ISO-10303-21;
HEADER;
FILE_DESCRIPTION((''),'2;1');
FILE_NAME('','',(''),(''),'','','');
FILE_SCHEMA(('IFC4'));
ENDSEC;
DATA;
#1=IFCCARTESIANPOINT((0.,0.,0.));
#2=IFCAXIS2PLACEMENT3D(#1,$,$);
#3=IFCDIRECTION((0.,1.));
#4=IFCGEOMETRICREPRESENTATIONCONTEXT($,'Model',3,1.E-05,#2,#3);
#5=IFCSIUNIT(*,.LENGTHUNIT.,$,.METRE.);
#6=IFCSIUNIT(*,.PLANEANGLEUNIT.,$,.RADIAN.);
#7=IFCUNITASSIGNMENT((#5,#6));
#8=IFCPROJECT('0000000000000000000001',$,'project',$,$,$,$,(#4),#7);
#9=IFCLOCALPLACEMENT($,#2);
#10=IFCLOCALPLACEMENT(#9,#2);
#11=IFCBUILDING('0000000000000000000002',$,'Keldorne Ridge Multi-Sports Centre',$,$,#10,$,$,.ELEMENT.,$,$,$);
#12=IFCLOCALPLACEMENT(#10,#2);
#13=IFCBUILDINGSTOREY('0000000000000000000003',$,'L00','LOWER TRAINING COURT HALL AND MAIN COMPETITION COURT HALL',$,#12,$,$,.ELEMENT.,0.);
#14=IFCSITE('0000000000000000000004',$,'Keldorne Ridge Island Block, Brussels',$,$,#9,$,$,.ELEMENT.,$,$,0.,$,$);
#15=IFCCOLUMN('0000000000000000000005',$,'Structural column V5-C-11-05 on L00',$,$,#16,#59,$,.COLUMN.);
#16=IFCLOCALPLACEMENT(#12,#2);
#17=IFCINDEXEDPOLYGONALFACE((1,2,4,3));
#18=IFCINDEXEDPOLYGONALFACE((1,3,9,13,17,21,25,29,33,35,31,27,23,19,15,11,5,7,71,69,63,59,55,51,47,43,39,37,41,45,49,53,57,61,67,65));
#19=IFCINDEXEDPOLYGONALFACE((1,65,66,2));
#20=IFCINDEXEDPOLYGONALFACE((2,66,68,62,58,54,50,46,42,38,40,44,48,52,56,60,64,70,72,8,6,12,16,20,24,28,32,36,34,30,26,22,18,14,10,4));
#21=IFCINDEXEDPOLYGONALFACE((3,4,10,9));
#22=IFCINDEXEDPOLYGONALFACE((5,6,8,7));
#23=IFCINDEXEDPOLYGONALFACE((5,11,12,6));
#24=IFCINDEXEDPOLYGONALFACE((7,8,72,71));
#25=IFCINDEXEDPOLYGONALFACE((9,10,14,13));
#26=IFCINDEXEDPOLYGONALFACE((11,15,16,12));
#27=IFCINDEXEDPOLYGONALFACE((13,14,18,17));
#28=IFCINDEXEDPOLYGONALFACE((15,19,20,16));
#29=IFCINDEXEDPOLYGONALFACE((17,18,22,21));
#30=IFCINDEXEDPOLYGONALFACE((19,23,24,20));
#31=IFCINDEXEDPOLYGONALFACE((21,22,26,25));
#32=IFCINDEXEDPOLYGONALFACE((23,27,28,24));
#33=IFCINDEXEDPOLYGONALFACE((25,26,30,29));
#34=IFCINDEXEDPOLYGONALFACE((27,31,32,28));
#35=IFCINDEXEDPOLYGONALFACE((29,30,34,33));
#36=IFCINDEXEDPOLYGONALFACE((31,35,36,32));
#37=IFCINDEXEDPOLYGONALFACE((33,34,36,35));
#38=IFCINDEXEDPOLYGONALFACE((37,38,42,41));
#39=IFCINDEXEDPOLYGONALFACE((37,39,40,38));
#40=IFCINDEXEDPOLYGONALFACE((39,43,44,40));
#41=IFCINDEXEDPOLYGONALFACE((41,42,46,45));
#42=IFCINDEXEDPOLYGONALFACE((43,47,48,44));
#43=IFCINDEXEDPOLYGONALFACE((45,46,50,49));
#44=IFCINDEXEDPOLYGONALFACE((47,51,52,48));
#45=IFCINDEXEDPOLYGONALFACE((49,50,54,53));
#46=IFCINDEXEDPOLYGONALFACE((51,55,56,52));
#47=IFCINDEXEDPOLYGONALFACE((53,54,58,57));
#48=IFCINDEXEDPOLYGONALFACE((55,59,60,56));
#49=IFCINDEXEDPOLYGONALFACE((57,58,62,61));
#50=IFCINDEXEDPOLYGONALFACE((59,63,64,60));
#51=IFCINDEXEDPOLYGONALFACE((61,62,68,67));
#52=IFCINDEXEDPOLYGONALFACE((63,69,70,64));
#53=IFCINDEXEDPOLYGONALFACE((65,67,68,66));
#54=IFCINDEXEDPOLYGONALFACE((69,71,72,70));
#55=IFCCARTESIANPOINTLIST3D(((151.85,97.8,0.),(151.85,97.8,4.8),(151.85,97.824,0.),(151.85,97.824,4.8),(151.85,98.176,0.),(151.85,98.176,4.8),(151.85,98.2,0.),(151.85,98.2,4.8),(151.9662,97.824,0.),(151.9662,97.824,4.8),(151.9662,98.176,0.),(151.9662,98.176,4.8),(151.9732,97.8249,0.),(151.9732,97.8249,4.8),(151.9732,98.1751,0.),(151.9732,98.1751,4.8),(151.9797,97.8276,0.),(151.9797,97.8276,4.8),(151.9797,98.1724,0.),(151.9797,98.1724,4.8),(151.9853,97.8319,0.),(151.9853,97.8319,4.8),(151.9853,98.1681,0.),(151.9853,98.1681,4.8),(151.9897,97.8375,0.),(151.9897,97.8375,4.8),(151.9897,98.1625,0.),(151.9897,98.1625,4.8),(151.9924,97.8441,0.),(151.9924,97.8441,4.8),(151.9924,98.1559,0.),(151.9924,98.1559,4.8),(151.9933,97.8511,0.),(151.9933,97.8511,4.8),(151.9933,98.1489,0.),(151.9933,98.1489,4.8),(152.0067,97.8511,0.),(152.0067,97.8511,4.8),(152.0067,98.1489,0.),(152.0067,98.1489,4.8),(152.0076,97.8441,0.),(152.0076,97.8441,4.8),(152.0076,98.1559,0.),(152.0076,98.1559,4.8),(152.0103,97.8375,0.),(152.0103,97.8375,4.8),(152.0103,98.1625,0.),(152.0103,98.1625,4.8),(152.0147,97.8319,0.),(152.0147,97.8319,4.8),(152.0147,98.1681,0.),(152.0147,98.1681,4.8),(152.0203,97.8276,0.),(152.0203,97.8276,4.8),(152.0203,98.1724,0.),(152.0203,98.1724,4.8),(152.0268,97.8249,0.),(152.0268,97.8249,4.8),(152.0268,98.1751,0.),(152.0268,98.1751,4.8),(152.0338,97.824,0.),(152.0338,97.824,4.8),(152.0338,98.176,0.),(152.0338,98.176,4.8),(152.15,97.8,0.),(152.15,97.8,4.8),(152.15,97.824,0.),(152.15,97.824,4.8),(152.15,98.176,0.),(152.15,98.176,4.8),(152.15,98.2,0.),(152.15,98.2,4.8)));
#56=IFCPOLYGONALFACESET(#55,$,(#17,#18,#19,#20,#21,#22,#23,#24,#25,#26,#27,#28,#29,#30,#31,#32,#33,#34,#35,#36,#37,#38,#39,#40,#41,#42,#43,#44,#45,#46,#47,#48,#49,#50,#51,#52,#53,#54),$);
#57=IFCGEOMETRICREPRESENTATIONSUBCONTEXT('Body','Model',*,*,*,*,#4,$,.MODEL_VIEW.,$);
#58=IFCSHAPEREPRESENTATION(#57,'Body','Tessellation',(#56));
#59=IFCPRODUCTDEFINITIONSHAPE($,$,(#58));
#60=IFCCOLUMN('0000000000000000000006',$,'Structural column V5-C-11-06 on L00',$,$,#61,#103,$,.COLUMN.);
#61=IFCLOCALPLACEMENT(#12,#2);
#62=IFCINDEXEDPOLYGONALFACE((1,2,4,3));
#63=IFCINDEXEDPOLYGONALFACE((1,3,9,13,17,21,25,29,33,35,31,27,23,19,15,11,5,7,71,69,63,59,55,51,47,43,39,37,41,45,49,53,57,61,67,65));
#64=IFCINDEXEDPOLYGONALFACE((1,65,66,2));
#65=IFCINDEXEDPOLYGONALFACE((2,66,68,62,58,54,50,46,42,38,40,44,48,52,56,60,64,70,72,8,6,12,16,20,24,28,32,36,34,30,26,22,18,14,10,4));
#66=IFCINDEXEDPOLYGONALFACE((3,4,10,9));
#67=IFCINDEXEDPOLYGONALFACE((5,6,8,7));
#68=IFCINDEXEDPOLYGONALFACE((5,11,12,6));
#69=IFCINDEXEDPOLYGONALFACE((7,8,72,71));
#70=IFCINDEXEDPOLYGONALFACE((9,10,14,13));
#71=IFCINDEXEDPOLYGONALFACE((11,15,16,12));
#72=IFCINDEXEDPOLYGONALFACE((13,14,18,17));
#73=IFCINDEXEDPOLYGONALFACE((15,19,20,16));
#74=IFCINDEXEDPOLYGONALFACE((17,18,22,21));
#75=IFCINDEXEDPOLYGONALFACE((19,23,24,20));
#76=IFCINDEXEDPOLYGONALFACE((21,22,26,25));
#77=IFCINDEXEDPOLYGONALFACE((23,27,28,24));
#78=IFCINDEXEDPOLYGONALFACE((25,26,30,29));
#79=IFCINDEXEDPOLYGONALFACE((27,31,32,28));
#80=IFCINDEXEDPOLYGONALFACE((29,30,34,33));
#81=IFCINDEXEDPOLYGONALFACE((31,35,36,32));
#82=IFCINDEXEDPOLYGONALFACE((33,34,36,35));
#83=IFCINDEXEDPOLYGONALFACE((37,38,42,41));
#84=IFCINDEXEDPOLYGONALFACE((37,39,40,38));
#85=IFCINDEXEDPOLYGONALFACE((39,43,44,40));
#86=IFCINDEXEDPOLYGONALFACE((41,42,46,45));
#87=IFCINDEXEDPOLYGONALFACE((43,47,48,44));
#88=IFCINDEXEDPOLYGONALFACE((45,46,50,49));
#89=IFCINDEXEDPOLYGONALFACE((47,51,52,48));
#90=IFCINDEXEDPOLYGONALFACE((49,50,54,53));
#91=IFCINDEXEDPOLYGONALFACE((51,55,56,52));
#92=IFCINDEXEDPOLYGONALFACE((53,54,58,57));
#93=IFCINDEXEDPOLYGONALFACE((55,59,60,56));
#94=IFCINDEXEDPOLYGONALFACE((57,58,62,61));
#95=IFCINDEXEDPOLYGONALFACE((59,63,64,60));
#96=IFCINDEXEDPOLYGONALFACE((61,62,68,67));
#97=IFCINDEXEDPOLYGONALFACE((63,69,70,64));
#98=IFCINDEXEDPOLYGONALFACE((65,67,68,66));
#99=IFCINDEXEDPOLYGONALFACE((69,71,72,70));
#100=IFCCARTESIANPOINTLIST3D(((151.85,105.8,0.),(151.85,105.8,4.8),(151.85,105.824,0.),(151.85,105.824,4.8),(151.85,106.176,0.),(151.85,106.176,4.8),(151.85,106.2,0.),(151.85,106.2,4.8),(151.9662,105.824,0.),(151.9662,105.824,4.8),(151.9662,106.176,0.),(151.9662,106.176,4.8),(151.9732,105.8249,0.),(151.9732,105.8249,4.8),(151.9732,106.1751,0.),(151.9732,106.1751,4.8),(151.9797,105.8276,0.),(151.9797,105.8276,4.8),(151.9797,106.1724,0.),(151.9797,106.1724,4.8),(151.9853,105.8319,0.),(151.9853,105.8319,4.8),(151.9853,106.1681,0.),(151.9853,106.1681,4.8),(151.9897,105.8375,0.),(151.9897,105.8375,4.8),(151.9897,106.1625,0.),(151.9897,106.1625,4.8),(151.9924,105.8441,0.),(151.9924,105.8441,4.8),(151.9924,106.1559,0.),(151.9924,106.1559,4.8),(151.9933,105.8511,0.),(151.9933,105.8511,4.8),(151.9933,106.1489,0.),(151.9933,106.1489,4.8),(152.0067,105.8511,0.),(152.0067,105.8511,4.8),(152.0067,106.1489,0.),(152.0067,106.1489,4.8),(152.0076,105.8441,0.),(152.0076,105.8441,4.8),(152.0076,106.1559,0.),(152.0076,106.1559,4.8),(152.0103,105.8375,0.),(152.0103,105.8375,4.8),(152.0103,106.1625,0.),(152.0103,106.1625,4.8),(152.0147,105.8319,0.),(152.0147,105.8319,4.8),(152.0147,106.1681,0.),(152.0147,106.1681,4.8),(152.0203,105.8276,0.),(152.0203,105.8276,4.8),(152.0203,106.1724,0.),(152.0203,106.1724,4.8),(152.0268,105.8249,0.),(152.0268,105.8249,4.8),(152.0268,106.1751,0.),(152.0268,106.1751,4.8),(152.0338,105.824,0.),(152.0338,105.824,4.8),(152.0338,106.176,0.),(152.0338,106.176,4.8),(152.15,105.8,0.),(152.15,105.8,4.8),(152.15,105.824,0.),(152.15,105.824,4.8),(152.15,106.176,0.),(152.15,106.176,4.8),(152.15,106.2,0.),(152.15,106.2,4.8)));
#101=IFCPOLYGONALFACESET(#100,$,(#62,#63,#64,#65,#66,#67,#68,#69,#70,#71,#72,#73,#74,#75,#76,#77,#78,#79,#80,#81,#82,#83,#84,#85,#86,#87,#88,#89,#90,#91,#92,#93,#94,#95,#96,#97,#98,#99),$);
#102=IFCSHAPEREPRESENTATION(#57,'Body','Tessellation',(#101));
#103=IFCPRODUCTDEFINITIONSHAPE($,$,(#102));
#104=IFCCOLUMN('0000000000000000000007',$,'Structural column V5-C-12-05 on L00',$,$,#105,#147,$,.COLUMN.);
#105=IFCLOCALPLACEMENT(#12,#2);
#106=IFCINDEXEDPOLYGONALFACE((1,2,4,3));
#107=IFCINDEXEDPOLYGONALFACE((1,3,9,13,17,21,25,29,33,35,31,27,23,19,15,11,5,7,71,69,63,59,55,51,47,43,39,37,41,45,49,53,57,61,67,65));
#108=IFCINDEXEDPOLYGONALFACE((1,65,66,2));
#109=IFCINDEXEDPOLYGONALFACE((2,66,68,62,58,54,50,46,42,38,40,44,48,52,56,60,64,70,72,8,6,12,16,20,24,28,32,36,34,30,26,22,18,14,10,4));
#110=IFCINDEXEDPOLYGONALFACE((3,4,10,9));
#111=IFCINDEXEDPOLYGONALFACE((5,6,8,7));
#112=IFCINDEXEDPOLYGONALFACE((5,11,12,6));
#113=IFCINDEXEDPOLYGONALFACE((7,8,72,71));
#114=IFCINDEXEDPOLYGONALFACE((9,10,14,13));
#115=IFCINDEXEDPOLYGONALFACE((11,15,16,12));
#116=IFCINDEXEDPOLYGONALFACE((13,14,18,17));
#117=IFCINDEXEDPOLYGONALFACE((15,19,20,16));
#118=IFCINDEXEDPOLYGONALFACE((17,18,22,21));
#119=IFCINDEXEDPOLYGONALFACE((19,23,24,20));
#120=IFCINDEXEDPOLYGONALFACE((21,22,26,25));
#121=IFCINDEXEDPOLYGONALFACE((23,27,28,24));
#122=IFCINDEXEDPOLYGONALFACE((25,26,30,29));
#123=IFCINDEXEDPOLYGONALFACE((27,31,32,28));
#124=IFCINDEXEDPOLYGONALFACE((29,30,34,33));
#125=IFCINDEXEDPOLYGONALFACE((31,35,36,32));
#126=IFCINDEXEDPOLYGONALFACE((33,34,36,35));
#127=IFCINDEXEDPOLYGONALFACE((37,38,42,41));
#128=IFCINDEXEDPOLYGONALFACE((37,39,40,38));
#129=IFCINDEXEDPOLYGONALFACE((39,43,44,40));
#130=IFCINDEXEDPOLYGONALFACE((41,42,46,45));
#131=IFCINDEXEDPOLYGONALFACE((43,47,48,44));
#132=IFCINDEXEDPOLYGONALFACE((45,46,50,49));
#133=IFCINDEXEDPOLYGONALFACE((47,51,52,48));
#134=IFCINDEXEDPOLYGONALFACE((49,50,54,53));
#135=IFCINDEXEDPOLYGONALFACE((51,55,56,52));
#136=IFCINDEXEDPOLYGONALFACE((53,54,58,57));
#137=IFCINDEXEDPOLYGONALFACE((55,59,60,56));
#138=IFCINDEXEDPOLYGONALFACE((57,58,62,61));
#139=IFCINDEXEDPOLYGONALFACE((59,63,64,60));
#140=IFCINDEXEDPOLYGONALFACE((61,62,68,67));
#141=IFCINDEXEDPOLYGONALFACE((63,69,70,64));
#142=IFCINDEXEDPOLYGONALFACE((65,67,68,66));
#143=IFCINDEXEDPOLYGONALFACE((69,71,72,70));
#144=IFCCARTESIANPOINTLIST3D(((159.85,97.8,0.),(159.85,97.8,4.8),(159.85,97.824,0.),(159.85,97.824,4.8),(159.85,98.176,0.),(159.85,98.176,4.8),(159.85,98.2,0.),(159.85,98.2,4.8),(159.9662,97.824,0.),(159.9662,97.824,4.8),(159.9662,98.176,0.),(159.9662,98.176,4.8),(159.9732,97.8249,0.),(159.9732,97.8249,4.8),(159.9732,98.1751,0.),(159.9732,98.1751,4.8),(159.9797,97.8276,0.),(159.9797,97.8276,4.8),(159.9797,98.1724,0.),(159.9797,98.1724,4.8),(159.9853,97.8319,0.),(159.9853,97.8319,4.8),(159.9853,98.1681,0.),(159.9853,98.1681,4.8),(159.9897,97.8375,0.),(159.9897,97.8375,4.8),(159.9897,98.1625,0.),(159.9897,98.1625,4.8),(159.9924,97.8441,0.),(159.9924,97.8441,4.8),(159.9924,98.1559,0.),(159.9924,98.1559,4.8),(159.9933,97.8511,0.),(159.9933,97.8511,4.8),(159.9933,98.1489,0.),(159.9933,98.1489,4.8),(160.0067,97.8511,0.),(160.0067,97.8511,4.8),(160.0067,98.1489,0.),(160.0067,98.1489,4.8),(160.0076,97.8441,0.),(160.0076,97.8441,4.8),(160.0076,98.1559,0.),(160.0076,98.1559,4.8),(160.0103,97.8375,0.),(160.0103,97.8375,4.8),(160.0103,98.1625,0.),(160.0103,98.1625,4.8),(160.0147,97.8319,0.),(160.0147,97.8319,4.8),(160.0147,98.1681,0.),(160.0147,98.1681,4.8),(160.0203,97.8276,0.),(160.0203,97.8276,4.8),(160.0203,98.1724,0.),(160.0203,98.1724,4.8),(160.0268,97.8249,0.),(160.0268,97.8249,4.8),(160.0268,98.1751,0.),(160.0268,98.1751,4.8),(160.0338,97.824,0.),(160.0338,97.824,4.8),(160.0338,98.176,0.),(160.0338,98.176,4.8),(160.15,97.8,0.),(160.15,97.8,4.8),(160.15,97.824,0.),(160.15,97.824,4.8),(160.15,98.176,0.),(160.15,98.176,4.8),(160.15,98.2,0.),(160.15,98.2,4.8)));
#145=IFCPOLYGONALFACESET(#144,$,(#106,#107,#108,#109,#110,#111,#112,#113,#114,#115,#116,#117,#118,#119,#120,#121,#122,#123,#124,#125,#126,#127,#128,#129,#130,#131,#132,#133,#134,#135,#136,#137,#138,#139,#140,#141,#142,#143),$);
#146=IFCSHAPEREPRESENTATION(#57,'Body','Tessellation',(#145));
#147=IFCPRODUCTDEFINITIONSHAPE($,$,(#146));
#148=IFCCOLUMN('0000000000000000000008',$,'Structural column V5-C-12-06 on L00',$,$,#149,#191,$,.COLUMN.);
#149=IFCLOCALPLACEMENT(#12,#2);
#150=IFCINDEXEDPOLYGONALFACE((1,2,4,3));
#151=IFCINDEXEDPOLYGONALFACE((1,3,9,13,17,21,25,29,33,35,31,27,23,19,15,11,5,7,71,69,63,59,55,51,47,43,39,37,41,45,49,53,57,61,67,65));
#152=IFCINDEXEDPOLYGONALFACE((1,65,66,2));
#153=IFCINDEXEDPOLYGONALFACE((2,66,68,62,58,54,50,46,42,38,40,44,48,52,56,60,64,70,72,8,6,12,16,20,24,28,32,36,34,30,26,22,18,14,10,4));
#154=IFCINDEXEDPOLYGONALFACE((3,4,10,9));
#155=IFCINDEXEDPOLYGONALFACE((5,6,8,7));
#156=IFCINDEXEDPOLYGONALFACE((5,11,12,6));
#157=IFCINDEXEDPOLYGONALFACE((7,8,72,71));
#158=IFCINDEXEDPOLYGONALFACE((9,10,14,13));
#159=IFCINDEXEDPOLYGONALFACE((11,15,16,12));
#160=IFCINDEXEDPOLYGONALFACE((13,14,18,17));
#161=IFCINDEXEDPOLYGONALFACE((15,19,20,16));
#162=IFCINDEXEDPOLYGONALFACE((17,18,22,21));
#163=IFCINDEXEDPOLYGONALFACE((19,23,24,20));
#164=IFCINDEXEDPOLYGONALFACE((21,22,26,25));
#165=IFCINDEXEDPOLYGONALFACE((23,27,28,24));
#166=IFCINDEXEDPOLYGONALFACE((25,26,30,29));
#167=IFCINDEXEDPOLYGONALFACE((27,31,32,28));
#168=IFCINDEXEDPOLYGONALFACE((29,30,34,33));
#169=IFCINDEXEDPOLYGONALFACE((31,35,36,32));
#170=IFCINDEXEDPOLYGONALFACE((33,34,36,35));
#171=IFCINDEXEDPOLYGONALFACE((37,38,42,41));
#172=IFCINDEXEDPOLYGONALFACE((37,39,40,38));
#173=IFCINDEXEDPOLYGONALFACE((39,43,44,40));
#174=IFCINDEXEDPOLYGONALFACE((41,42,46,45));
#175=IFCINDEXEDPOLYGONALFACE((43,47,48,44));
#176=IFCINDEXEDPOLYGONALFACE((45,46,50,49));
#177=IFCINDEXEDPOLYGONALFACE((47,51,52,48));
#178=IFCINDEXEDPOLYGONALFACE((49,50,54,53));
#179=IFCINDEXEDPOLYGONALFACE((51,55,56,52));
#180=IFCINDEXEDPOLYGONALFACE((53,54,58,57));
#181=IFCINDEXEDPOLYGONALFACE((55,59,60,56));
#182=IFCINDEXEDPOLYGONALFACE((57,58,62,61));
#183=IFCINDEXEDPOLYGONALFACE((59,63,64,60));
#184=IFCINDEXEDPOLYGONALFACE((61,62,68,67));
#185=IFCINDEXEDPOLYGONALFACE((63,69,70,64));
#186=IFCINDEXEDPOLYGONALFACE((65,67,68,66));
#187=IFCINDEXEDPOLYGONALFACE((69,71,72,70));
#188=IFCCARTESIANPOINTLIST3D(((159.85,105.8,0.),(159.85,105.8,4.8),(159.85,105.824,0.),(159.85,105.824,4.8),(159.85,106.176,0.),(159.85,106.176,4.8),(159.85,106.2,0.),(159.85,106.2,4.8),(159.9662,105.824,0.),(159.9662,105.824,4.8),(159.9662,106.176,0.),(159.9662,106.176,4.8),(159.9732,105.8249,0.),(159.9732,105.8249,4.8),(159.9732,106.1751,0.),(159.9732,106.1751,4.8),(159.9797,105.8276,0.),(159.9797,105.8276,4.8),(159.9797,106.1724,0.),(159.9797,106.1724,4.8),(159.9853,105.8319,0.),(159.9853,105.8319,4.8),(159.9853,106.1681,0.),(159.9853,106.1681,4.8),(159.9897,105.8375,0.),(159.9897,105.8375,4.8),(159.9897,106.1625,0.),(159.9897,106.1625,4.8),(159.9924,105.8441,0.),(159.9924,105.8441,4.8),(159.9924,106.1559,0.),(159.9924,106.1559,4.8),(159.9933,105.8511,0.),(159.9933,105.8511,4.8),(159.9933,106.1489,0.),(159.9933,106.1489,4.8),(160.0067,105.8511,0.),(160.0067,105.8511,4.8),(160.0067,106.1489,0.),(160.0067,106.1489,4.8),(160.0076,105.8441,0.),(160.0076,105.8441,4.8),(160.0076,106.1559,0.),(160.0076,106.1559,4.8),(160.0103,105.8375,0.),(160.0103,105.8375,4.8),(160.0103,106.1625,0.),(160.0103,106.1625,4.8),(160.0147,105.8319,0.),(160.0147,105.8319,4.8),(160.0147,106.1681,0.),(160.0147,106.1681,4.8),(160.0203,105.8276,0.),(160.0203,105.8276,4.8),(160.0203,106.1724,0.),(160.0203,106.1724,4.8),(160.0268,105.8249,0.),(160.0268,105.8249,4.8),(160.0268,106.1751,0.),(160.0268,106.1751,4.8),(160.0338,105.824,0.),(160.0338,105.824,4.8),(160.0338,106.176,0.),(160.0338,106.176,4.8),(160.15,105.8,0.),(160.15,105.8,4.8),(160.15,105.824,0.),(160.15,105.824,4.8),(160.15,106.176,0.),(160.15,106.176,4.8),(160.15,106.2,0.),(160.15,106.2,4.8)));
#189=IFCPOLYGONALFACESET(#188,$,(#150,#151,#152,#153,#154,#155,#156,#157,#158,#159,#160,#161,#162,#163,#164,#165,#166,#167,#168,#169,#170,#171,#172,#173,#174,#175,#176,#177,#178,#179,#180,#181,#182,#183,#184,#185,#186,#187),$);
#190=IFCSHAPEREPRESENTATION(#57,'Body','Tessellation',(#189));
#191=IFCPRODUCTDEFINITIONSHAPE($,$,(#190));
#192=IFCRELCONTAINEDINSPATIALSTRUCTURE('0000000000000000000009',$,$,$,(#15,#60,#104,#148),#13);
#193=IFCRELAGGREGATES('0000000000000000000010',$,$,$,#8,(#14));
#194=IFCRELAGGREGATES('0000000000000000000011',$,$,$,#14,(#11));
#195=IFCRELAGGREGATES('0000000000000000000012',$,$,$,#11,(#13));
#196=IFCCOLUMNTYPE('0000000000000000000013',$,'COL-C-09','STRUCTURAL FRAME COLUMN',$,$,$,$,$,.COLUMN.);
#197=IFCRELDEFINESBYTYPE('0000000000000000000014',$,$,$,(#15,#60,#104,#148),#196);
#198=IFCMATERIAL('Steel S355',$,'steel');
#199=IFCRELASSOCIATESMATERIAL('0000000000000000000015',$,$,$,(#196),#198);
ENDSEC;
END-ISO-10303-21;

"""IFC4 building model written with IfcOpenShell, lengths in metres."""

from ifc_helpers import new_model, si_unit, direction, frame, origin, origin_2d, place, context, subcontext, project, spatial, i_section, extrude, material, material_profile, profile_set, type_object, element, save


model = new_model("IFC4")

# Units and contexts
model_context = context("Model", 3, precision=1e-05, world=origin(), true_north=direction((0.0, 1.0)))
body_context = subcontext(model_context, "Body", "Model", "MODEL_VIEW")
ifc_project = project(units=[si_unit("LENGTHUNIT", "METRE"), si_unit("PLANEANGLEUNIT", "RADIAN")], contexts=[model_context])

# Site, building, storey
site_placement = place(None, origin())
site = spatial("IfcSite", under=ifc_project, at=site_placement, Name="Keldorne Ridge Island Block, Brussels", CompositionType="ELEMENT", RefElevation=0.0)
building_placement = place(site_placement, origin())
building = spatial("IfcBuilding", under=site, at=building_placement, Name="Keldorne Ridge Multi-Sports Centre", CompositionType="ELEMENT")
storey_placement = place(building_placement, origin())
storey = spatial("IfcBuildingStorey", under=building, at=storey_placement, Name="L00", Description="LOWER TRAINING COURT HALL AND MAIN COMPETITION COURT HALL", CompositionType="ELEMENT", Elevation=0.0)

# Columns
ifc_material_1 = material(Name="Steel S355", Category="steel")
ifc_material_profile_1 = material_profile(ifc_material_1, i_section(OverallWidth=0.3, OverallDepth=0.3999, WebThickness=0.0134, FlangeThickness=0.0239, FilletRadius=0.0271, at=origin_2d()), Name="HEB 400")
ifc_profile_set_1 = profile_set([ifc_material_profile_1], Name="Steel S355")
column_type = type_object("IfcColumnType", Name="COL-C-09", Description="STRUCTURAL FRAME COLUMN", PredefinedType="COLUMN", material=ifc_profile_set_1)
for number, where, z_axis, x_axis, name in (
    (1, (152.0, 98.0, 0.0), (0.0, 0.0, 1.0), (1.0, 0.0, 0.0), "Structural column V5-C-11-05 on L00"),
    (2, (152.0, 106.0, 0.0), (0.0, 0.0, 1.0), (1.0, 0.0, 0.0), "Structural column V5-C-11-06 on L00"),
    (3, (160.0, 98.0, 0.0), (0.0, 0.0, 1.0), (1.0, 0.0, 0.0), "Structural column V5-C-12-05 on L00"),
    (4, (160.0, 106.0, 0.0), (0.0, 0.0, 1.0), (1.0, 0.0, 0.0), "Structural column V5-C-12-06 on L00"),
):
    element("IfcColumn", number, at=place(storey_placement, frame(where, z_axis=z_axis, x_axis=x_axis)), inside=storey, type_object=column_type, Name=name, PredefinedType="COLUMN", context=body_context, shape_type="SweptSolid", body=[
        extrude(i_section(OverallWidth=0.3, OverallDepth=0.3999, WebThickness=0.0134, FlangeThickness=0.0239, FilletRadius=0.0271, at=origin_2d()), origin(), (0.0, 0.0, 1.0), 4.8),
    ])

save(model, "model.ifc")
